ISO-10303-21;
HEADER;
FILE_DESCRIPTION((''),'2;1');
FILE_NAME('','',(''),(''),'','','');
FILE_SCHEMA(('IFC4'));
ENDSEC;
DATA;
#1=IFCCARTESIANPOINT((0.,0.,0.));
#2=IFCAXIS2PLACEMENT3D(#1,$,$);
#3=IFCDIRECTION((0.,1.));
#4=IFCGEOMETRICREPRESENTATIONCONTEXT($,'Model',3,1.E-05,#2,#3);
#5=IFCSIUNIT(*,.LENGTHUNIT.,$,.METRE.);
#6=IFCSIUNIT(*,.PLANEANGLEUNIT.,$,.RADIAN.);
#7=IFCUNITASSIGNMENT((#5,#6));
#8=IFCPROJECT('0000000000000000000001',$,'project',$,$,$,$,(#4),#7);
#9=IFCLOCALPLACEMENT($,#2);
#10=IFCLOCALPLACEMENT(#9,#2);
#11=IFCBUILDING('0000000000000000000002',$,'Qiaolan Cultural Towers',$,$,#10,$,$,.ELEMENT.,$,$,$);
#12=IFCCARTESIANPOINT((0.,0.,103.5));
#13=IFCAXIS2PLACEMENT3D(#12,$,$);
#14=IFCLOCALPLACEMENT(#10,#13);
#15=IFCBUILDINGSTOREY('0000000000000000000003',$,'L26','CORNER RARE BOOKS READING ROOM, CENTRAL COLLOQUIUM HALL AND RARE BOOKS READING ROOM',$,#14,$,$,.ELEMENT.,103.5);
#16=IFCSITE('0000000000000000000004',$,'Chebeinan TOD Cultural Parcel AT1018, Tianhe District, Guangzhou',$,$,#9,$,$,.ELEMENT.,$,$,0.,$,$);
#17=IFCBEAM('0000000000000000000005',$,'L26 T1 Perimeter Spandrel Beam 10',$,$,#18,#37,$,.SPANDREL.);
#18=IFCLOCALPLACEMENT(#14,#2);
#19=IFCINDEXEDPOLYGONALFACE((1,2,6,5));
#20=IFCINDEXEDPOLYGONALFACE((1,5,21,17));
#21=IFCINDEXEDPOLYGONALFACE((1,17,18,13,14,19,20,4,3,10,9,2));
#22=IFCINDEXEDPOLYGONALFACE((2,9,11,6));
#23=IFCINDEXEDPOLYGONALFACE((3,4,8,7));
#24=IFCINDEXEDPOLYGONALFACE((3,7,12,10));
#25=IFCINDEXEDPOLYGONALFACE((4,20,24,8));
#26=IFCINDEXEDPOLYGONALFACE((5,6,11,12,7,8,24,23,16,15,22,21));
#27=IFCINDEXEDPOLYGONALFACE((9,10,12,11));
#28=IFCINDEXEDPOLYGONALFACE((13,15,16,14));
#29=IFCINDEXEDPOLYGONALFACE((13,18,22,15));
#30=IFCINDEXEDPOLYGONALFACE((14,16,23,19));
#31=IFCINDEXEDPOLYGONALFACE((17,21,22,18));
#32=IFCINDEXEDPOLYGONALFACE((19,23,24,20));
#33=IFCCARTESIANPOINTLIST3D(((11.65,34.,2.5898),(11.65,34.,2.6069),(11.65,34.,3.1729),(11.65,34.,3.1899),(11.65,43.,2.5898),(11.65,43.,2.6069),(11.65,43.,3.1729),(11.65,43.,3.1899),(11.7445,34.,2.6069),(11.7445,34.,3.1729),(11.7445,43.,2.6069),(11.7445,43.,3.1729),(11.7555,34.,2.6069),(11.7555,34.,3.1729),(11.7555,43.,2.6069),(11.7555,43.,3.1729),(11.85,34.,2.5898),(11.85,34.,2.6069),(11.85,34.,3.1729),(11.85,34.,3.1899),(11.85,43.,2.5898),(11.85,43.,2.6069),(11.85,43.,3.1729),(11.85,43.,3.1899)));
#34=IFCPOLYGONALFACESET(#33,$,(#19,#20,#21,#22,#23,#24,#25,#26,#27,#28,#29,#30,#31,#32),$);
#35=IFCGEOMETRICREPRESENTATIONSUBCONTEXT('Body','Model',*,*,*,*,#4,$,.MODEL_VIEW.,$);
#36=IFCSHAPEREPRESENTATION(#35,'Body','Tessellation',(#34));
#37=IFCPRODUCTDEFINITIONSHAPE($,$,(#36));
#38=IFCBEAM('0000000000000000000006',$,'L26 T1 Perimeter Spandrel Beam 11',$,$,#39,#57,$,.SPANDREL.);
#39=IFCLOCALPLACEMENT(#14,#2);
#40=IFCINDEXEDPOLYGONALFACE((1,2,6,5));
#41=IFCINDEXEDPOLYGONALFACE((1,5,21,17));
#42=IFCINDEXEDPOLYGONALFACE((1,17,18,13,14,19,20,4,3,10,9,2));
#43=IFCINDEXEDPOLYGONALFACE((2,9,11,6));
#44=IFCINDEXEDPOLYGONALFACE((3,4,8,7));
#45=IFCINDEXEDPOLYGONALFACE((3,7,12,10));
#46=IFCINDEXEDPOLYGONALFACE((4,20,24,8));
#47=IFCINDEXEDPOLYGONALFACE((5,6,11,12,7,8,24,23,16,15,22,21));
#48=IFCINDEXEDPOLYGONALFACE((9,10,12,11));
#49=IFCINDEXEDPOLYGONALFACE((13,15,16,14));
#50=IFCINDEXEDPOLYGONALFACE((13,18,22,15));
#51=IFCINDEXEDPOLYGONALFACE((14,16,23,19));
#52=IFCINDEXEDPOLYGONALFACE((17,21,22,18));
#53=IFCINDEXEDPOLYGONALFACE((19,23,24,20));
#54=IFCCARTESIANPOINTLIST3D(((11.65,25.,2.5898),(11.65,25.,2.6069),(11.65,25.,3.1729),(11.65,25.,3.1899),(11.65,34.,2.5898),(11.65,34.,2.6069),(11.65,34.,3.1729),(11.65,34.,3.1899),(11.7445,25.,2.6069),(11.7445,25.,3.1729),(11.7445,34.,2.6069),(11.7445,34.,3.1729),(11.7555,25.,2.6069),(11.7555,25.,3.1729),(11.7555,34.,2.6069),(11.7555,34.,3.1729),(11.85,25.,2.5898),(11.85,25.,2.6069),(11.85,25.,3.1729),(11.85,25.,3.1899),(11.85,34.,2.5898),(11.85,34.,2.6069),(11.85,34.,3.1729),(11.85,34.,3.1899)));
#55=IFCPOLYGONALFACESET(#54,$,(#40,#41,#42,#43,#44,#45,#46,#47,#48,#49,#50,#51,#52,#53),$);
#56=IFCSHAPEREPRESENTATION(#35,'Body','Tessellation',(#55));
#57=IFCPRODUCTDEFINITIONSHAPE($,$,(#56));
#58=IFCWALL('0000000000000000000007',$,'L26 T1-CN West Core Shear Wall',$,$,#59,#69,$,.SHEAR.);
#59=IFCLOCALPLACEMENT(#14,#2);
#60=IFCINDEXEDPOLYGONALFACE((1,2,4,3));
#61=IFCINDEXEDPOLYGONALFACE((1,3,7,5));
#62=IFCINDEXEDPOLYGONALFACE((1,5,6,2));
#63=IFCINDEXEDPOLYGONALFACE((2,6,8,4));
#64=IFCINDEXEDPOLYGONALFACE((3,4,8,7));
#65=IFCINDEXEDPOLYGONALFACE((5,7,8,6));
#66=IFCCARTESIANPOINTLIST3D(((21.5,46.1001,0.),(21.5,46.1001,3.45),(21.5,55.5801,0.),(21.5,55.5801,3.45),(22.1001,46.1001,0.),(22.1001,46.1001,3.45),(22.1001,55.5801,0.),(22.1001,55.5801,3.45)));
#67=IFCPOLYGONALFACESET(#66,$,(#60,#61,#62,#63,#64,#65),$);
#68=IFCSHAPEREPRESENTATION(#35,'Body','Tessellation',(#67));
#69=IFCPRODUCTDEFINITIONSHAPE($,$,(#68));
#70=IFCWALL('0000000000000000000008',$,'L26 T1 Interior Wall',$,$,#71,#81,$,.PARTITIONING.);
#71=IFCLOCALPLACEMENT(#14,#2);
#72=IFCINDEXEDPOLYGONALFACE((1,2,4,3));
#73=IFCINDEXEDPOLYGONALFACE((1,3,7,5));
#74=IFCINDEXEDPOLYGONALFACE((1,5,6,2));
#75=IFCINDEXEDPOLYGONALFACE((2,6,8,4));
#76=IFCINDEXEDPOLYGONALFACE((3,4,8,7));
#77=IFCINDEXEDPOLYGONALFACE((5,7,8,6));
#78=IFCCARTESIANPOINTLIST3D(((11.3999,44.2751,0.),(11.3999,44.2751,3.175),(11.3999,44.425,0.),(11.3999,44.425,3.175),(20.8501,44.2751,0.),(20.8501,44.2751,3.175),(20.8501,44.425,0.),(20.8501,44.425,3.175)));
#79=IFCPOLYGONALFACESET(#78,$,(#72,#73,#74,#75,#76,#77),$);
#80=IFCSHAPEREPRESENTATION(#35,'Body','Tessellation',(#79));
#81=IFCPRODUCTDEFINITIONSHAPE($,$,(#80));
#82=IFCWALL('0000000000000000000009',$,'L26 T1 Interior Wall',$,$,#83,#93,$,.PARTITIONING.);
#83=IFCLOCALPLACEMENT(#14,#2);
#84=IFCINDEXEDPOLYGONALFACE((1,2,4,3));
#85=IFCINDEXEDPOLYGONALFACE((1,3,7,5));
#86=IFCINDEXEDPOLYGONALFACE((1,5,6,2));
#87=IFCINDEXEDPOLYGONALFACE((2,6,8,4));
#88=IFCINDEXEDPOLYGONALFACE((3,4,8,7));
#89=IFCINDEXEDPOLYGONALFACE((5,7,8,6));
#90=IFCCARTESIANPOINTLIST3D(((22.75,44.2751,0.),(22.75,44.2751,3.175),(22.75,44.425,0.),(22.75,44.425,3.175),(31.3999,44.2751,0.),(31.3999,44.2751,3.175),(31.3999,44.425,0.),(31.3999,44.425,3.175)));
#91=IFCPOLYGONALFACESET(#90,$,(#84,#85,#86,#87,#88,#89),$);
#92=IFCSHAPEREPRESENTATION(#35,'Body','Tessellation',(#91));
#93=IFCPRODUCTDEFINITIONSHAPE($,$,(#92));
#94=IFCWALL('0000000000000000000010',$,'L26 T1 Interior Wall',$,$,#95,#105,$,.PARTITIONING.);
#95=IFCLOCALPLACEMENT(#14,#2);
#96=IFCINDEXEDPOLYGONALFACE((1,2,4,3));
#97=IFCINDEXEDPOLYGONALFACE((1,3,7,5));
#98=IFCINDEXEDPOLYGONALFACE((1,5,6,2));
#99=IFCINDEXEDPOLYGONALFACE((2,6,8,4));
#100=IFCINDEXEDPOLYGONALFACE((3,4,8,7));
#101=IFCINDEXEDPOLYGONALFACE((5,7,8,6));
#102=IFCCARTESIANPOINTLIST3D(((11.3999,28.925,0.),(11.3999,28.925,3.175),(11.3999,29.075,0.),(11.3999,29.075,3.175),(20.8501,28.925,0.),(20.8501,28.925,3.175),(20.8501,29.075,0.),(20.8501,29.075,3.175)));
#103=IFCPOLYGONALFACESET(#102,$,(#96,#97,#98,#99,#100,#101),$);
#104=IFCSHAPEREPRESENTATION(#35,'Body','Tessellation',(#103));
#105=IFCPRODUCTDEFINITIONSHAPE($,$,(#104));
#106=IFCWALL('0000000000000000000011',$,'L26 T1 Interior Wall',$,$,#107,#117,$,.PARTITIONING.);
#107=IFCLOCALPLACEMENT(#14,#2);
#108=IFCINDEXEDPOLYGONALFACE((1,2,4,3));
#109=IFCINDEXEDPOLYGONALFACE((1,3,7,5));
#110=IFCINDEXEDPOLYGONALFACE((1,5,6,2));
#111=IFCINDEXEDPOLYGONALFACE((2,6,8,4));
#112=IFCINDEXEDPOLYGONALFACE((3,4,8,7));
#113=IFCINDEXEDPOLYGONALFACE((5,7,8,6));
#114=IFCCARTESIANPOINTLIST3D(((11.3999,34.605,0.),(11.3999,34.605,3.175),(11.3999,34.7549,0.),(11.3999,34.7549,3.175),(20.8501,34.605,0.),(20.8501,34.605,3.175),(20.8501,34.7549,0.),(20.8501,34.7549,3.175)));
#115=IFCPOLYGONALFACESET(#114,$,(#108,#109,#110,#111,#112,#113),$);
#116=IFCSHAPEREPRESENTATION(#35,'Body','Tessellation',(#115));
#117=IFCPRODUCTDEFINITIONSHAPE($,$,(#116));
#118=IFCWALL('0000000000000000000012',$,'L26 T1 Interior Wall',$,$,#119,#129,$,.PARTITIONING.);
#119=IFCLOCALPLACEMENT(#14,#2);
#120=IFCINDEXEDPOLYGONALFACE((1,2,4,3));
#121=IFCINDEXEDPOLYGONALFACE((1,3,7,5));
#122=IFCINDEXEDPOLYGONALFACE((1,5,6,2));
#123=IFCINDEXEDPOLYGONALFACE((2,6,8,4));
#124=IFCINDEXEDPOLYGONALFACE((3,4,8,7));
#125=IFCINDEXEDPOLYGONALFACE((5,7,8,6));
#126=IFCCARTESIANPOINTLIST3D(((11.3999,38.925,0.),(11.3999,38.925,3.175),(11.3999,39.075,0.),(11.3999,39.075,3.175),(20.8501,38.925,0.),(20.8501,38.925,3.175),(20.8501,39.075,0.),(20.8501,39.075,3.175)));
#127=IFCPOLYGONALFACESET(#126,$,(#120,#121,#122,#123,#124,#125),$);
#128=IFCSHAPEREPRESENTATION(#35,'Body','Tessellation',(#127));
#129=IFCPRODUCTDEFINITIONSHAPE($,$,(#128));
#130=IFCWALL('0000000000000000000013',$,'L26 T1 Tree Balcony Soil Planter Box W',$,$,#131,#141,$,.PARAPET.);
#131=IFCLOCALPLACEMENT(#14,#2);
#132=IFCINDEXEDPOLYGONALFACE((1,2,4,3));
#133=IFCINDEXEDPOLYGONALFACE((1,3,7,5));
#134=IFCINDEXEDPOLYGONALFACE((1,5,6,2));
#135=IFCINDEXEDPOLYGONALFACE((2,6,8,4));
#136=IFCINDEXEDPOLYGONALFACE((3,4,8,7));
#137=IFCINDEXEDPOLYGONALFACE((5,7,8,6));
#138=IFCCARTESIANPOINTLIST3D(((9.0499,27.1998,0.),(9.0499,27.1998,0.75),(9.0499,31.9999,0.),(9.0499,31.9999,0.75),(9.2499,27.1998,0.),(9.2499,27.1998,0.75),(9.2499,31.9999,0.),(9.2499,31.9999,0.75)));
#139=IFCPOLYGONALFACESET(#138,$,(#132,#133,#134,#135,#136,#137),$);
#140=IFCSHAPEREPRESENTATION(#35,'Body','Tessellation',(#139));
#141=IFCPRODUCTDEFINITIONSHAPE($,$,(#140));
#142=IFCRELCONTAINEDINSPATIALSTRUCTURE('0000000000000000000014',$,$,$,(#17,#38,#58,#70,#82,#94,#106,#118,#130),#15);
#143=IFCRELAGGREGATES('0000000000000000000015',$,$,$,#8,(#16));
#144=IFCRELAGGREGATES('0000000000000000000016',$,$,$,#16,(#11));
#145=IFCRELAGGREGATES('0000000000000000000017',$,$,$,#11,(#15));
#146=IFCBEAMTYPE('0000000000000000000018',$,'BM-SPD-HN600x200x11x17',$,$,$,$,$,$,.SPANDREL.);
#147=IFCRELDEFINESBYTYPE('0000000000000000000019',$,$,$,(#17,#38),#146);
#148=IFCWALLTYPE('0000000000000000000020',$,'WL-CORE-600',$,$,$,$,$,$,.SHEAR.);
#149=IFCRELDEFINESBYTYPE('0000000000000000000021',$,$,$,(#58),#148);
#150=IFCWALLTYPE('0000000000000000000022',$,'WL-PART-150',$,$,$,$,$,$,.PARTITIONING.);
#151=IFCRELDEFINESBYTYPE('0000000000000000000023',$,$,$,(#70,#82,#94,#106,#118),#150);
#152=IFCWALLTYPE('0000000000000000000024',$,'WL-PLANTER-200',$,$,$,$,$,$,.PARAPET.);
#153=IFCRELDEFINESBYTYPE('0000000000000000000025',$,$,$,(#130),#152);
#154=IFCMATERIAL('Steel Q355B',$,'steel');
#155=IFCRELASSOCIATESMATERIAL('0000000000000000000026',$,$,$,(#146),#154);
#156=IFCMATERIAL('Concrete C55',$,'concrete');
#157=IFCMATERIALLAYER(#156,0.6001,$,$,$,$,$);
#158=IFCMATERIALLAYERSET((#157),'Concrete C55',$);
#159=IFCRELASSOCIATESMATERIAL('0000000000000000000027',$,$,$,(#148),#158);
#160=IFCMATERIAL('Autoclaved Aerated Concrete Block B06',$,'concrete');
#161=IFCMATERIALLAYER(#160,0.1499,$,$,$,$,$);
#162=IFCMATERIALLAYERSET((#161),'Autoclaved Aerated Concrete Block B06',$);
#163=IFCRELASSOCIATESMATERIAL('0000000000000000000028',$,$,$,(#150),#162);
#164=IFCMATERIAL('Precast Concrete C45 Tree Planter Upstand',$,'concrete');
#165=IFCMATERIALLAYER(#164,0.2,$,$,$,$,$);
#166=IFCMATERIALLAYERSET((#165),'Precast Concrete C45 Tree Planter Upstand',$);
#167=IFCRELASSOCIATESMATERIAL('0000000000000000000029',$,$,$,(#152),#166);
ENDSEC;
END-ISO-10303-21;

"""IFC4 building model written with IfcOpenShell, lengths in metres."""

from ifc_helpers import new_model, si_unit, direction, frame, frame_2d, origin, origin_2d, place, context, subcontext, project, spatial, rectangle, i_section, extrude, material, layer, layer_set, material_profile, profile_set, type_object, element, save


model = new_model("IFC4")

# Units and contexts
model_context = context("Model", 3, precision=1e-05, world=origin(), true_north=direction((0.0, 1.0)))
body_context = subcontext(model_context, "Body", "Model", "MODEL_VIEW")
ifc_project = project(units=[si_unit("LENGTHUNIT", "METRE"), si_unit("PLANEANGLEUNIT", "RADIAN")], contexts=[model_context])

# Site, building, storey
site_placement = place(None, origin())
site = spatial("IfcSite", under=ifc_project, at=site_placement, Name="Chebeinan TOD Cultural Parcel AT1018, Tianhe District, Guangzhou", CompositionType="ELEMENT", RefElevation=0.0)
building_placement = place(site_placement, origin())
building = spatial("IfcBuilding", under=site, at=building_placement, Name="Qiaolan Cultural Towers", CompositionType="ELEMENT")
storey_placement = place(building_placement, frame((0.0, 0.0, 103.5)))
storey = spatial("IfcBuildingStorey", under=building, at=storey_placement, Name="L26", Description="CORNER RARE BOOKS READING ROOM, CENTRAL COLLOQUIUM HALL AND RARE BOOKS READING ROOM", CompositionType="ELEMENT", Elevation=103.5)

# Beams
ifc_material_1 = material(Name="Steel Q355B", Category="steel")
ifc_material_profile_1 = material_profile(ifc_material_1, i_section(OverallWidth=0.2, OverallDepth=0.6001, WebThickness=0.011, FlangeThickness=0.0171, at=origin_2d()), Name="HN600x200x11x17")
ifc_profile_set_1 = profile_set([ifc_material_profile_1], Name="Steel Q355B")
beam_type_1 = type_object("IfcBeamType", Name="BM-SPD-HN600x200x11x17", PredefinedType="SPANDREL", material=ifc_profile_set_1)
for number, where, z_axis, x_axis, name in (
    (1, (11.75, 43.0, 2.8899), (0.0, -1.0, 0.0), (1.0, 0.0, 0.0), "L26 T1 Perimeter Spandrel Beam 10"),
    (2, (11.75, 34.0, 2.8899), (0.0, -1.0, 0.0), (1.0, 0.0, 0.0), "L26 T1 Perimeter Spandrel Beam 11"),
):
    element("IfcBeam", number, at=place(storey_placement, frame(where, z_axis=z_axis, x_axis=x_axis)), inside=storey, type_object=beam_type_1, Name=name, PredefinedType="SPANDREL", context=body_context, shape_type="SweptSolid", body=[
        extrude(i_section(OverallWidth=0.2, OverallDepth=0.6001, WebThickness=0.011, FlangeThickness=0.0171, at=origin_2d()), origin(), (0.0, 0.0, 1.0), 9.0),
    ])

# Walls
ifc_material_2 = material(Name="Concrete C55", Category="concrete")
ifc_layer_1 = layer(ifc_material_2, 0.6001)
ifc_layer_set_1 = layer_set([ifc_layer_1], Name="Concrete C55")
wall_type_1 = type_object("IfcWallType", Name="WL-CORE-600", PredefinedType="SHEAR", material=ifc_layer_set_1)
wall_1_placement = place(storey_placement, frame((21.8, 46.1001, 0.0), z_axis=(0.0, 0.0, 1.0), x_axis=(0.0, 1.0, 0.0)))
element("IfcWall", 3, at=wall_1_placement, inside=storey, type_object=wall_type_1, Name="L26 T1-CN West Core Shear Wall", PredefinedType="SHEAR", context=body_context, shape_type="SweptSolid", body=[
    extrude(rectangle(XDim=9.48, YDim=0.6001, at=frame_2d((4.74, 0.0))), origin(), (0.0, 0.0, 1.0), 3.45),
])
ifc_material_3 = material(Name="Autoclaved Aerated Concrete Block B06", Category="concrete")
ifc_layer_2 = layer(ifc_material_3, 0.1499)
ifc_layer_set_2 = layer_set([ifc_layer_2], Name="Autoclaved Aerated Concrete Block B06")
wall_type_2 = type_object("IfcWallType", Name="WL-PART-150", PredefinedType="PARTITIONING", material=ifc_layer_set_2)
wall_2_placement = place(storey_placement, frame((11.3999, 44.3501, 0.0), z_axis=(0.0, 0.0, 1.0), x_axis=(1.0, 0.0, 0.0)))
element("IfcWall", 4, at=wall_2_placement, inside=storey, type_object=wall_type_2, Name="L26 T1 Interior Wall", PredefinedType="PARTITIONING", context=body_context, shape_type="SweptSolid", body=[
    extrude(rectangle(XDim=9.4502, YDim=0.1499, at=frame_2d((4.7251, 0.0))), origin(), (0.0, 0.0, 1.0), 3.175),
])
wall_3_placement = place(storey_placement, frame((22.75, 44.3501, 0.0), z_axis=(0.0, 0.0, 1.0), x_axis=(1.0, 0.0, 0.0)))
element("IfcWall", 5, at=wall_3_placement, inside=storey, type_object=wall_type_2, Name="L26 T1 Interior Wall", PredefinedType="PARTITIONING", context=body_context, shape_type="SweptSolid", body=[
    extrude(rectangle(XDim=8.6499, YDim=0.1499, at=frame_2d((4.325, 0.0))), origin(), (0.0, 0.0, 1.0), 3.175),
])
for number, where, z_axis, x_axis, name in (
    (6, (11.3999, 29.0, 0.0), (0.0, 0.0, 1.0), (1.0, 0.0, 0.0), "L26 T1 Interior Wall"),
    (7, (11.3999, 34.6799, 0.0), (0.0, 0.0, 1.0), (1.0, 0.0, 0.0), "L26 T1 Interior Wall"),
    (8, (11.3999, 39.0, 0.0), (0.0, 0.0, 1.0), (1.0, 0.0, 0.0), "L26 T1 Interior Wall"),
):
    element("IfcWall", number, at=place(storey_placement, frame(where, z_axis=z_axis, x_axis=x_axis)), inside=storey, type_object=wall_type_2, Name=name, PredefinedType="PARTITIONING", context=body_context, shape_type="SweptSolid", body=[
        extrude(rectangle(XDim=9.4502, YDim=0.1499, at=frame_2d((4.7251, 0.0))), origin(), (0.0, 0.0, 1.0), 3.175),
    ])
ifc_material_4 = material(Name="Precast Concrete C45 Tree Planter Upstand", Category="concrete")
ifc_layer_3 = layer(ifc_material_4, 0.2)
ifc_layer_set_3 = layer_set([ifc_layer_3], Name="Precast Concrete C45 Tree Planter Upstand")
wall_type_3 = type_object("IfcWallType", Name="WL-PLANTER-200", PredefinedType="PARAPET", material=ifc_layer_set_3)
wall_4_placement = place(storey_placement, frame((9.1499, 27.2, 0.0), z_axis=(0.0, 0.0, 1.0), x_axis=(0.0, 1.0, 0.0)))
element("IfcWall", 9, at=wall_4_placement, inside=storey, type_object=wall_type_3, Name="L26 T1 Tree Balcony Soil Planter Box W", PredefinedType="PARAPET", context=body_context, shape_type="SweptSolid", body=[
    extrude(rectangle(XDim=4.8, YDim=0.2, at=frame_2d((2.3999, 0.0))), origin(), (0.0, 0.0, 1.0), 0.75),
])

save(model, "model.ifc")
